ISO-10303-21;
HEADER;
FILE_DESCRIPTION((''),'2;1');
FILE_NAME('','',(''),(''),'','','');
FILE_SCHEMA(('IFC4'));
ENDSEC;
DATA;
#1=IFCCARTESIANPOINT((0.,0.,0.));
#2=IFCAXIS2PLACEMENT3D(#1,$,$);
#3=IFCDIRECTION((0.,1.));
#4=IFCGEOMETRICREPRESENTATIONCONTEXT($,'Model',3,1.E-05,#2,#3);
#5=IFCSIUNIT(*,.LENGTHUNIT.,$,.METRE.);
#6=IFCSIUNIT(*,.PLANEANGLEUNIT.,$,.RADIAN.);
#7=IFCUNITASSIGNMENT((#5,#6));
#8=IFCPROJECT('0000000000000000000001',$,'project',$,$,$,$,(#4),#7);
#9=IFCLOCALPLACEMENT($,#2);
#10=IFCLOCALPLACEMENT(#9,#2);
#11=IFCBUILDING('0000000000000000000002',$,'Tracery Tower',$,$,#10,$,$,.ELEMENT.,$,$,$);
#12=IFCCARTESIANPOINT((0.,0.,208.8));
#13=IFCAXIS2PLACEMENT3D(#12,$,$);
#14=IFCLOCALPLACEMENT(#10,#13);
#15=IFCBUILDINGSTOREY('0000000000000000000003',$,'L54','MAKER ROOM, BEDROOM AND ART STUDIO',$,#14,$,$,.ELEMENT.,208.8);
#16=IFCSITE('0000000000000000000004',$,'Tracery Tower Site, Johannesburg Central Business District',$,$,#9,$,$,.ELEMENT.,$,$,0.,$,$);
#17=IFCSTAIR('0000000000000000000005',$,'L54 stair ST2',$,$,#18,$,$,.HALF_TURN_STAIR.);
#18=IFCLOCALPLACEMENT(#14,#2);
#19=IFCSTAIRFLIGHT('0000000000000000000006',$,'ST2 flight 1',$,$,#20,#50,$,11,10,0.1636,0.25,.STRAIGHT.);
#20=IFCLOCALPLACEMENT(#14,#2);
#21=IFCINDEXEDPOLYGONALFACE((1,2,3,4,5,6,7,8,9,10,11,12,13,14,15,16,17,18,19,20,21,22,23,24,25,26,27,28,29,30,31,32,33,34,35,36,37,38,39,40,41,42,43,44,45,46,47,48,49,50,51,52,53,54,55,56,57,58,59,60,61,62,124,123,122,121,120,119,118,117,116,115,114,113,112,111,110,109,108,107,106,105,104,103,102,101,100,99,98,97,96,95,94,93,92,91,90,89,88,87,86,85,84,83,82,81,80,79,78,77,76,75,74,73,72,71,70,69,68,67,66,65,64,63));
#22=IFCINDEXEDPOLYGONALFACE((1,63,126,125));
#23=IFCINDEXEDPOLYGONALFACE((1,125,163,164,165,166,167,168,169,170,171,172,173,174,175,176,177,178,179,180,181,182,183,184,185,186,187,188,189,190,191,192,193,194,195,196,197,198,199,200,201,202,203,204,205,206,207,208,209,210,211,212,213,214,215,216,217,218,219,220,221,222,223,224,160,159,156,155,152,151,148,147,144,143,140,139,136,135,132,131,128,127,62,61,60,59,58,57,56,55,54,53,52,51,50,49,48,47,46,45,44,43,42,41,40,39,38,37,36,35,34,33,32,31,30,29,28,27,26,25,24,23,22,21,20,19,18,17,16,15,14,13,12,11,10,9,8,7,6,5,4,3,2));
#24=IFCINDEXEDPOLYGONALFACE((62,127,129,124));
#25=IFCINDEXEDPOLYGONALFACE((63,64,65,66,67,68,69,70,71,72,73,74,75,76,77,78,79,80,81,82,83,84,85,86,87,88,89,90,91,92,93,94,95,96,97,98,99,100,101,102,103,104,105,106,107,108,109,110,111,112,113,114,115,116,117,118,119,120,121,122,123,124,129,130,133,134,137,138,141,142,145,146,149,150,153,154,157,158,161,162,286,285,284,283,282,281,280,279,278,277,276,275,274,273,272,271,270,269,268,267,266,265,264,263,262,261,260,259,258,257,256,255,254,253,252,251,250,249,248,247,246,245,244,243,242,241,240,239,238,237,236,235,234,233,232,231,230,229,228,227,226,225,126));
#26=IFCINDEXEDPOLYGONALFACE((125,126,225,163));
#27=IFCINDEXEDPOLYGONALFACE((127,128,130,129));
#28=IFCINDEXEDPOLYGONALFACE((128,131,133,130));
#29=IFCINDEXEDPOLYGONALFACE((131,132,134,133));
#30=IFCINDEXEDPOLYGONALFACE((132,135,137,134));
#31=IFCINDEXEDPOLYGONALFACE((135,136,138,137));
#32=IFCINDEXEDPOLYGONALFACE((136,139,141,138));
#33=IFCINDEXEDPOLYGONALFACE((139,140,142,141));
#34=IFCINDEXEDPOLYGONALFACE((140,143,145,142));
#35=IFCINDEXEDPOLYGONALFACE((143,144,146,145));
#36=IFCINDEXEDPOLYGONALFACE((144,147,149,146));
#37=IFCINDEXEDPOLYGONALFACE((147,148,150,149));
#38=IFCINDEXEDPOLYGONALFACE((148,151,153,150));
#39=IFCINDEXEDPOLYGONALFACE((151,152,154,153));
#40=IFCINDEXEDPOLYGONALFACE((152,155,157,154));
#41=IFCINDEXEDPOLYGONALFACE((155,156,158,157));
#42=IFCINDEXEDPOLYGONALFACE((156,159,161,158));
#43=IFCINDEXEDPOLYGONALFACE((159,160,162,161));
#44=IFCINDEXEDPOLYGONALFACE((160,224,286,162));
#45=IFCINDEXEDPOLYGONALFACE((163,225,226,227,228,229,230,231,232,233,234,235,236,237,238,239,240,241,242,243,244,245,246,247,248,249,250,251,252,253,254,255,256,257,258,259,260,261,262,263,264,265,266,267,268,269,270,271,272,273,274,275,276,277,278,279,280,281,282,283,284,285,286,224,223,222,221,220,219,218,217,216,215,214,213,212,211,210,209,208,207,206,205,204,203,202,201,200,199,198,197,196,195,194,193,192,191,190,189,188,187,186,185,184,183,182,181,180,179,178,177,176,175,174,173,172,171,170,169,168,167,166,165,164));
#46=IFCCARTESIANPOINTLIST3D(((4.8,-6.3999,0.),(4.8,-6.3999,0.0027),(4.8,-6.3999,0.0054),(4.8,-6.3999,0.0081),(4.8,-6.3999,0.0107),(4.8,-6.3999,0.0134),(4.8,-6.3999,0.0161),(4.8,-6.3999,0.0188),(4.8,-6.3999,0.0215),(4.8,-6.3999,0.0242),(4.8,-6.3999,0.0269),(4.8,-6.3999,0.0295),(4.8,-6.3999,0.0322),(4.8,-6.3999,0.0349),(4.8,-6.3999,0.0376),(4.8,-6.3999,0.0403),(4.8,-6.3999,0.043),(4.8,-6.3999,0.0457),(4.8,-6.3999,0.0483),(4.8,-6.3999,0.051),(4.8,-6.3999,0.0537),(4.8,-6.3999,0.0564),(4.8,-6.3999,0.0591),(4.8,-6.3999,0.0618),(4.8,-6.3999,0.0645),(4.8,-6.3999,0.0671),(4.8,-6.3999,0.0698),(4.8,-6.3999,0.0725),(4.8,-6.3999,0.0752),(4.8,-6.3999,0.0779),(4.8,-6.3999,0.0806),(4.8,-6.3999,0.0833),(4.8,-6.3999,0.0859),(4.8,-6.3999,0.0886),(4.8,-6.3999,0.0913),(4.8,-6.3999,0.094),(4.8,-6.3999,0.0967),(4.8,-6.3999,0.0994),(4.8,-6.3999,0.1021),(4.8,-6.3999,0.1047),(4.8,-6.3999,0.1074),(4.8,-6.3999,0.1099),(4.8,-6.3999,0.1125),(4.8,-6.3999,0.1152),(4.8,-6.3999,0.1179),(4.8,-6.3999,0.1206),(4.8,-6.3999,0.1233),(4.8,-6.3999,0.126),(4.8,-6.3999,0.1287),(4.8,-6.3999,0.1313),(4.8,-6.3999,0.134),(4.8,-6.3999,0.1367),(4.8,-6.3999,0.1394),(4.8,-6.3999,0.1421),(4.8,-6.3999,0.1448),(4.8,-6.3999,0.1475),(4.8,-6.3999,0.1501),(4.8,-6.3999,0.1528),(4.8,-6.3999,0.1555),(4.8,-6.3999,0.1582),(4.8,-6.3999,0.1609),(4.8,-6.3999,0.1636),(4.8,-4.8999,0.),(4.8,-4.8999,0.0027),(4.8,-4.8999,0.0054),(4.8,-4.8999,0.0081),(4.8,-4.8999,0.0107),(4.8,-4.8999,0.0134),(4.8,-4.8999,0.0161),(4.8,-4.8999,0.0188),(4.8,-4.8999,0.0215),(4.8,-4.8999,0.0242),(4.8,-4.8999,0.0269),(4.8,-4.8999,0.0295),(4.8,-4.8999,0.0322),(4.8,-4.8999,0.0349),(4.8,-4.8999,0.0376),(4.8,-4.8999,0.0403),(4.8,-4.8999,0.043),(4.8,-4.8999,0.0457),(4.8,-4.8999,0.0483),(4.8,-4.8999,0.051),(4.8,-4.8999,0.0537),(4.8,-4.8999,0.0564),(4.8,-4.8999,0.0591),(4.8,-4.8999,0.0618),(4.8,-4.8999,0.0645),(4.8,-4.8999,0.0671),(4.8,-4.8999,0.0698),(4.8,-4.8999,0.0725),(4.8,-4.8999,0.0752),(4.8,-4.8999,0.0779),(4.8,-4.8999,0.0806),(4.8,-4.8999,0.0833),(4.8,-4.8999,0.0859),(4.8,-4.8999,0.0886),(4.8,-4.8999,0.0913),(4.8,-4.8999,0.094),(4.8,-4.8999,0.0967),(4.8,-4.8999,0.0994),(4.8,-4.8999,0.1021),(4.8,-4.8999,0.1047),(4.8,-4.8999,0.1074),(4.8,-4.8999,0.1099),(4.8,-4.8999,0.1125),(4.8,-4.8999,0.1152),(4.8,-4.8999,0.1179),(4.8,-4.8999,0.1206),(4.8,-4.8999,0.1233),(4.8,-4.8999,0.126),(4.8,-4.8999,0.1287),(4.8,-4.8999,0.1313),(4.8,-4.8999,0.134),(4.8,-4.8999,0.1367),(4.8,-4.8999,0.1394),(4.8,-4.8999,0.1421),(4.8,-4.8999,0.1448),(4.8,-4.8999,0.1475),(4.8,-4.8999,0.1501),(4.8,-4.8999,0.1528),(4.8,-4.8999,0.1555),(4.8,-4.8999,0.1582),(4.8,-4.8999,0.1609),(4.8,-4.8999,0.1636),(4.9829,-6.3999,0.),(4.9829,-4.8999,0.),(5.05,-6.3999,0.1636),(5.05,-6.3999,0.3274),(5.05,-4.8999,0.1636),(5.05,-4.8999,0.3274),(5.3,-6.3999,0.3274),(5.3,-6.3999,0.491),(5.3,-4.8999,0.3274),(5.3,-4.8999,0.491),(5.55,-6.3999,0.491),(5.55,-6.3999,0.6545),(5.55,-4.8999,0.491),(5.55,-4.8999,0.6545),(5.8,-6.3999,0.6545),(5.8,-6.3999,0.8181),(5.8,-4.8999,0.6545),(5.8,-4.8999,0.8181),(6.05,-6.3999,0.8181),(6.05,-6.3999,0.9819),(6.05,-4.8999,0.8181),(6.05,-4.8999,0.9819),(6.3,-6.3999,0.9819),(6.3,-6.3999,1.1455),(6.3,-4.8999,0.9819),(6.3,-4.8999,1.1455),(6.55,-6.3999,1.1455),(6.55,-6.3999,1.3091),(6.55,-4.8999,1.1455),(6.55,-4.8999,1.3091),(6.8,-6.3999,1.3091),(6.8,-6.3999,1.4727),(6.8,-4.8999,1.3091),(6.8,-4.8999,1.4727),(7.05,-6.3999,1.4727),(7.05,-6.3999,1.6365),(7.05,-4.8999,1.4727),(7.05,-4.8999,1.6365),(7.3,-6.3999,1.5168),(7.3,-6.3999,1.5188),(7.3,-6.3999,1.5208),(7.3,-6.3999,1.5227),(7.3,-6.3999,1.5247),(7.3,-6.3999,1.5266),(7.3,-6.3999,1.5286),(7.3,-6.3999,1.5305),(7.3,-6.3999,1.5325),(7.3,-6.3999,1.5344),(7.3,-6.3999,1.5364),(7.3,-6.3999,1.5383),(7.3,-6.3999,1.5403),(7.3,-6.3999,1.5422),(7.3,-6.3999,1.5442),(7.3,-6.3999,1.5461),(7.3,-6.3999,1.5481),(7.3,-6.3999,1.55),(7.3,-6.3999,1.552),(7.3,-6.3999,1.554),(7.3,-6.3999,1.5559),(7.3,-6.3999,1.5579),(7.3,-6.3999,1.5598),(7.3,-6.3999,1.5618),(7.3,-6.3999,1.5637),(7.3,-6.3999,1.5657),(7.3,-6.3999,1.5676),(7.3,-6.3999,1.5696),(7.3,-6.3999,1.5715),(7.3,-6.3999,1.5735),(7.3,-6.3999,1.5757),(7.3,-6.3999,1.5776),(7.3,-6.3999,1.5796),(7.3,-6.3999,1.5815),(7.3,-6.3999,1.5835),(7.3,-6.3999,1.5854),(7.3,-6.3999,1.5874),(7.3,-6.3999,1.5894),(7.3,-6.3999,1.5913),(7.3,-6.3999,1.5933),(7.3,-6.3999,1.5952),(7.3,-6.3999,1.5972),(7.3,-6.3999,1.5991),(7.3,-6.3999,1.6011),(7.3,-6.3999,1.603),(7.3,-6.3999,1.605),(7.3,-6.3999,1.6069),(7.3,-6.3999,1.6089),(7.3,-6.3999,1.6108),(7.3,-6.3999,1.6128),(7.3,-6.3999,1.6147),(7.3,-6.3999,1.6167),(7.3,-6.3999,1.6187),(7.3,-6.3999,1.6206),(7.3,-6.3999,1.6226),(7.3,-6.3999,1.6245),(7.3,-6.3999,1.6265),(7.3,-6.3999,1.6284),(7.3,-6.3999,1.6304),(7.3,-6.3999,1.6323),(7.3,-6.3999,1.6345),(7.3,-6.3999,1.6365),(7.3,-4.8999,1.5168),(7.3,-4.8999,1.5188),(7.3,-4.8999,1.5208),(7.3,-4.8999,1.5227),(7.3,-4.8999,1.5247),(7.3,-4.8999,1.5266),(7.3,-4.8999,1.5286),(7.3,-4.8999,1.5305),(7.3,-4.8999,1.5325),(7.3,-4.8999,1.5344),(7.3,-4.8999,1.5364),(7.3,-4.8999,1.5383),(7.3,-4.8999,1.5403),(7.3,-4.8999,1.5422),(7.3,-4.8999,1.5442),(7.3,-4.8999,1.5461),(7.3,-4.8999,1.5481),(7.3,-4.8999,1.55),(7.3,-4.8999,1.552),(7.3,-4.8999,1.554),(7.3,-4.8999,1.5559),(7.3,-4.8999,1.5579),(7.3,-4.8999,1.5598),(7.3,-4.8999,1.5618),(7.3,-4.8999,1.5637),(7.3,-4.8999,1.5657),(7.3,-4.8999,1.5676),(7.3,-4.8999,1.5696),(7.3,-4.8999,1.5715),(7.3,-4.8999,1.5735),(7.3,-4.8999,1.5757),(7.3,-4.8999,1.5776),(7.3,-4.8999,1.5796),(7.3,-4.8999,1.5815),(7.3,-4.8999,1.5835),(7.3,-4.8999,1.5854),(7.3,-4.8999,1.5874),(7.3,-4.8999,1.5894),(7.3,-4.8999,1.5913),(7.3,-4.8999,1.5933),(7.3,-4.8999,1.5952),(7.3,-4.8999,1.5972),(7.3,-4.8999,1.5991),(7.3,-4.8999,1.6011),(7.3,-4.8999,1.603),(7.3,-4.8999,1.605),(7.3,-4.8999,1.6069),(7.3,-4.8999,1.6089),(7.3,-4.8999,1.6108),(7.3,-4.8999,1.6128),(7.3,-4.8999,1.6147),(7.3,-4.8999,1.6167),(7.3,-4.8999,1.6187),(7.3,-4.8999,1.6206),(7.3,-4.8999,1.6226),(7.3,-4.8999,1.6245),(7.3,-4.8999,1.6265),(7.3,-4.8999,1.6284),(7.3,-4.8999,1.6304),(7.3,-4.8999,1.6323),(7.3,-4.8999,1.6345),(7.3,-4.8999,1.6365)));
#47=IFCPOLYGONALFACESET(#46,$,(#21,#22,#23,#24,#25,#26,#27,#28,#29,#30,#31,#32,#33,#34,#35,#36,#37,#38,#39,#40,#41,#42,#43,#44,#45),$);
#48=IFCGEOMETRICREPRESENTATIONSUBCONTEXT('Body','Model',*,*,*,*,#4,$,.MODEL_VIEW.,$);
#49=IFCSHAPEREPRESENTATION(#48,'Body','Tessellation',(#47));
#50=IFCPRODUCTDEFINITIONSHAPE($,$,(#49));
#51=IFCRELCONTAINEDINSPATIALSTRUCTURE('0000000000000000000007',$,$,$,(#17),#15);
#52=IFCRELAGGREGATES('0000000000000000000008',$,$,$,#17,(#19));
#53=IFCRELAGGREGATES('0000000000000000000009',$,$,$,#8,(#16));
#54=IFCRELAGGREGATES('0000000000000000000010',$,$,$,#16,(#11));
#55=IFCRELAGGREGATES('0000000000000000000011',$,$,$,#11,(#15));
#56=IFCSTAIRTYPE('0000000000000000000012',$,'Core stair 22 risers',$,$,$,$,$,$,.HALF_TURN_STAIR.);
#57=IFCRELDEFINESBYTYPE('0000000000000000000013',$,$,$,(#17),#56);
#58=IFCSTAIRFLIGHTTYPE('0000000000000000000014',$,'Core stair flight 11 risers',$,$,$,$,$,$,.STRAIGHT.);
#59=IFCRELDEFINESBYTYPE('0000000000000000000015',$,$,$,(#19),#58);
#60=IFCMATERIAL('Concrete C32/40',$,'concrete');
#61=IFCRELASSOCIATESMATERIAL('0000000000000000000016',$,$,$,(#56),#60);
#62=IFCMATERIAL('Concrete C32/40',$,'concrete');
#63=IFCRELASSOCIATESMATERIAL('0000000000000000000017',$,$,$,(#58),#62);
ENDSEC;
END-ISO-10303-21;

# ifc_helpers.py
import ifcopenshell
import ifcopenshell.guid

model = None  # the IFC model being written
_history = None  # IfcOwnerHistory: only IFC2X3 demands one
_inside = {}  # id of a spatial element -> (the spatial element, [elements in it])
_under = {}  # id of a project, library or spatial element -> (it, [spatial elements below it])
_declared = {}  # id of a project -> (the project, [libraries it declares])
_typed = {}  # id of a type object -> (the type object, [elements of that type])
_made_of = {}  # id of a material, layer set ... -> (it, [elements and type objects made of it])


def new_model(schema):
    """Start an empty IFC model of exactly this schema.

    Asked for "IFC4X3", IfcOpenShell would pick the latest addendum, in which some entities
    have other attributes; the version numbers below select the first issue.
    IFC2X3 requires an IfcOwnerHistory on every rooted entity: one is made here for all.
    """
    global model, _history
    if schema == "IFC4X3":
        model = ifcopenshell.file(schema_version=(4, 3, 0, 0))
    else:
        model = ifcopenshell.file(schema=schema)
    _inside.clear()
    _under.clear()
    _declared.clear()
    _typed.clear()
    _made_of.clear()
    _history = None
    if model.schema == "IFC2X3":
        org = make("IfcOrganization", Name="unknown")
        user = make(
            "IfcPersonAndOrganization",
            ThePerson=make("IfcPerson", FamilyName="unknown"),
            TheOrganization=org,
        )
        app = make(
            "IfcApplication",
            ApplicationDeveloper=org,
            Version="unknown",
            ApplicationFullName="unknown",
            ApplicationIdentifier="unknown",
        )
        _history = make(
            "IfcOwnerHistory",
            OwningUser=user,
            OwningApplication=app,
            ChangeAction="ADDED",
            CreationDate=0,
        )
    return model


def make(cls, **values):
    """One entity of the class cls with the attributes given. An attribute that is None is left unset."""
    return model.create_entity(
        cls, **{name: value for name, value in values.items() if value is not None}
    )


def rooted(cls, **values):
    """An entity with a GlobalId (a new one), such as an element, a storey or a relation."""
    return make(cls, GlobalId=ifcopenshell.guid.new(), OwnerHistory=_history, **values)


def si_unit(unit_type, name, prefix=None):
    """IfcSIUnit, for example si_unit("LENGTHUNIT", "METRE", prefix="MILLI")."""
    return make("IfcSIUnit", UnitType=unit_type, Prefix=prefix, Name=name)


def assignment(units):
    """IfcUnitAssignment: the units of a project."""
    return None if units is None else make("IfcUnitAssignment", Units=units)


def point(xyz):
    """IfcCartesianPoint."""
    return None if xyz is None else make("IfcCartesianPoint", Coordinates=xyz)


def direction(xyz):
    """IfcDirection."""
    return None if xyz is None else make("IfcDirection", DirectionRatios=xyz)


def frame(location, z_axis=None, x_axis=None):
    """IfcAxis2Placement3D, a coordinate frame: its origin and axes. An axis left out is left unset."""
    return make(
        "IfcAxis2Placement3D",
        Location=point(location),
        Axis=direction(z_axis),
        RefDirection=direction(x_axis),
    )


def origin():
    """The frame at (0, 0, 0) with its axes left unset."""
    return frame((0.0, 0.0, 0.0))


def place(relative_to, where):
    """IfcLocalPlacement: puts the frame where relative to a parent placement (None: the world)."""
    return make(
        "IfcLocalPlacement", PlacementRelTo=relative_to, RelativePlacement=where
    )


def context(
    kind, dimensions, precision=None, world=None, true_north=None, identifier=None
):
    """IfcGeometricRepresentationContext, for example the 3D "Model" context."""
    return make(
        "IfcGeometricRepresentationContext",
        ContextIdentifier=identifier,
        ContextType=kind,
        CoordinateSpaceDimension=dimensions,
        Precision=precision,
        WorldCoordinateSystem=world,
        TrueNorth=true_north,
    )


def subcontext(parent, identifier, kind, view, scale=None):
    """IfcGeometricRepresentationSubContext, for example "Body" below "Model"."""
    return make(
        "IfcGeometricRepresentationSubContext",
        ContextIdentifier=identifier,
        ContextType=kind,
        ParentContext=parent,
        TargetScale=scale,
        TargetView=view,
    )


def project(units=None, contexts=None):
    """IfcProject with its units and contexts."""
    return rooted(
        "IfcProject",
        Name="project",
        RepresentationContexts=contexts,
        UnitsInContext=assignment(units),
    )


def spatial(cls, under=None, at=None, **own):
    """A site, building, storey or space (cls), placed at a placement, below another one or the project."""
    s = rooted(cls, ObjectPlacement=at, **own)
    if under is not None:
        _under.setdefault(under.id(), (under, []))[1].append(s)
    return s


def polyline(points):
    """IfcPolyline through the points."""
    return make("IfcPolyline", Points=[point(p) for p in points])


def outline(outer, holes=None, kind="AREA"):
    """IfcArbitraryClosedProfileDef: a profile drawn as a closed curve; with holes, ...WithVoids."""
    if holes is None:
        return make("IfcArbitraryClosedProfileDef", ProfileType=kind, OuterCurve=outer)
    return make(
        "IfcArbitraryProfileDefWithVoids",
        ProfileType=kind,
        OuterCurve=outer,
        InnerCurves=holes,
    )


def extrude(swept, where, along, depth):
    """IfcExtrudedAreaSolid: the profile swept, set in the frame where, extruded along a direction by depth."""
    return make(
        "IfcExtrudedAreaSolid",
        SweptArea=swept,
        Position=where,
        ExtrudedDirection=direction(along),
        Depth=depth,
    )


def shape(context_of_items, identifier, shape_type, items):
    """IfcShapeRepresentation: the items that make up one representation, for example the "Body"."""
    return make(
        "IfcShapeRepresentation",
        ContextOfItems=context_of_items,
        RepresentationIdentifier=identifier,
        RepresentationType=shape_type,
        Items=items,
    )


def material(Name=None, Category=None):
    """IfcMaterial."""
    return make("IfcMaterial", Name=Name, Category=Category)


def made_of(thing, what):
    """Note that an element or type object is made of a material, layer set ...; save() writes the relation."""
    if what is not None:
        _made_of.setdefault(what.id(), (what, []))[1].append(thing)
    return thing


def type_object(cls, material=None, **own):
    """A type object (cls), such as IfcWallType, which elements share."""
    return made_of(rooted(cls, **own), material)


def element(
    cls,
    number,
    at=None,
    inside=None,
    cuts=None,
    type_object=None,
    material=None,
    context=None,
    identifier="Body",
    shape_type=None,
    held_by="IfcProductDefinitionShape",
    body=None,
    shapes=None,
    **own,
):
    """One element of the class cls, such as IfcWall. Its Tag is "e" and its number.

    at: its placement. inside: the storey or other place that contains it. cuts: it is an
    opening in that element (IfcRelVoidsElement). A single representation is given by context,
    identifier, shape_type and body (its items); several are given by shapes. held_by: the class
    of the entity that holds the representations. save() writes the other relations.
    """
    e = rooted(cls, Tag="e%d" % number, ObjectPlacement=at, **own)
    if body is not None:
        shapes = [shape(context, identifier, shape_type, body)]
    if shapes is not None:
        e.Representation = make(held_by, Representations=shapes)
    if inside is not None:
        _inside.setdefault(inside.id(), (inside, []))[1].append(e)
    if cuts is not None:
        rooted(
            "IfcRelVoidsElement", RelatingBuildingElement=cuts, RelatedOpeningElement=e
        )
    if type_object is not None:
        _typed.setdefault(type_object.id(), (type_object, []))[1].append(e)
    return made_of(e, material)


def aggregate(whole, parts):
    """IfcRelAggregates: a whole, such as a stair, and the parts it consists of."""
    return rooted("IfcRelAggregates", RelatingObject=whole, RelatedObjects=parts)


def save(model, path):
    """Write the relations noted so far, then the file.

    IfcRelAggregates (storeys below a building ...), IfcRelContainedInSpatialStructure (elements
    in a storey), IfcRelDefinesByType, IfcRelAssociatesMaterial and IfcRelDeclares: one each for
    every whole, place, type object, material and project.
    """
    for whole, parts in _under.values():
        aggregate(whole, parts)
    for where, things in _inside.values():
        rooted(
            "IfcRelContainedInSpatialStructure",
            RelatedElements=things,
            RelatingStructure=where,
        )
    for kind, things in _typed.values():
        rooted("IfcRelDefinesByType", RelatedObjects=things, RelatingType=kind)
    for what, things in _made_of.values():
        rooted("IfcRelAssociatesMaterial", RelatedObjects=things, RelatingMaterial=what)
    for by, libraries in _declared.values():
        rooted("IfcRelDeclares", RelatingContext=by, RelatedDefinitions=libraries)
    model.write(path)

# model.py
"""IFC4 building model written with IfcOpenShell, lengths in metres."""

from ifc_helpers import new_model, si_unit, direction, frame, origin, place, context, subcontext, project, spatial, polyline, outline, extrude, material, type_object, element, aggregate, save


model = new_model("IFC4")

# Units and contexts
model_context = context("Model", 3, precision=1e-05, world=origin(), true_north=direction((0.0, 1.0)))
body_context = subcontext(model_context, "Body", "Model", "MODEL_VIEW")
ifc_project = project(units=[si_unit("LENGTHUNIT", "METRE"), si_unit("PLANEANGLEUNIT", "RADIAN")], contexts=[model_context])

# Site, building, storey
site_placement = place(None, origin())
site = spatial("IfcSite", under=ifc_project, at=site_placement, Name="Tracery Tower Site, Johannesburg Central Business District", CompositionType="ELEMENT", RefElevation=0.0)
building_placement = place(site_placement, origin())
building = spatial("IfcBuilding", under=site, at=building_placement, Name="Tracery Tower", CompositionType="ELEMENT")
storey_placement = place(building_placement, frame((0.0, 0.0, 208.8)))
storey = spatial("IfcBuildingStorey", under=building, at=storey_placement, Name="L54", Description="MAKER ROOM, BEDROOM AND ART STUDIO", CompositionType="ELEMENT", Elevation=208.8)

# Stair, stair flight
ifc_material_1 = material(Name="Concrete C32/40", Category="concrete")
stair_type = type_object("IfcStairType", Name="Core stair 22 risers", PredefinedType="HALF_TURN_STAIR", material=ifc_material_1)
stair_placement = place(storey_placement, origin())
stair = element("IfcStair", 1, at=stair_placement, inside=storey, type_object=stair_type, Name="L54 stair ST2", PredefinedType="HALF_TURN_STAIR")
ifc_material_2 = material(Name="Concrete C32/40", Category="concrete")
stair_flight_type = type_object("IfcStairFlightType", Name="Core stair flight 11 risers", PredefinedType="STRAIGHT", material=ifc_material_2)
stair_flight_1_placement = place(storey_placement, frame((4.8, -5.6499, 0.0), z_axis=(0.0, 0.0, 1.0), x_axis=(1.0, 0.0, 0.0)))
stair_flight_1 = element("IfcStairFlight", 2, at=stair_flight_1_placement, type_object=stair_flight_type, Name="ST2 flight 1", NumberOfRisers=11, NumberOfTreads=10, PredefinedType="STRAIGHT", RiserHeight=0.1636, TreadLength=0.25, context=body_context, shape_type="SweptSolid", body=[
    extrude(outline(polyline([(0.0, 0.0), (0.0, 0.0027), (0.0, 0.0054), (0.0, 0.0081), (0.0, 0.0107), (0.0, 0.0134), (0.0, 0.0161), (0.0, 0.0188), (0.0, 0.0215), (0.0, 0.0242), (0.0, 0.0269), (0.0, 0.0295), (0.0, 0.0322), (0.0, 0.0349), (0.0, 0.0376), (0.0, 0.0403), (0.0, 0.043), (0.0, 0.0457), (0.0, 0.0483), (0.0, 0.051), (0.0, 0.0537), (0.0, 0.0564), (0.0, 0.0591), (0.0, 0.0618), (0.0, 0.0645), (0.0, 0.0671), (0.0, 0.0698), (0.0, 0.0725), (0.0, 0.0752), (0.0, 0.0779), (0.0, 0.0806), (0.0, 0.0833), (0.0, 0.0859), (0.0, 0.0886), (0.0, 0.0913), (0.0, 0.094), (0.0, 0.0967), (0.0, 0.0994), (0.0, 0.1021), (0.0, 0.1047), (0.0, 0.1074), (0.0, 0.1099), (0.0, 0.1125), (0.0, 0.1152), (0.0, 0.1179), (0.0, 0.1206), (0.0, 0.1233), (0.0, 0.126), (0.0, 0.1287), (0.0, 0.1313), (0.0, 0.134), (0.0, 0.1367), (0.0, 0.1394), (0.0, 0.1421), (0.0, 0.1448), (0.0, 0.1475), (0.0, 0.1501), (0.0, 0.1528), (0.0, 0.1555), (0.0, 0.1582), (0.0, 0.1609), (0.0, 0.1636), (0.25, 0.1636), (0.25, 0.3274), (0.5, 0.3274), (0.5, 0.491), (0.75, 0.491), (0.75, 0.6545), (1.0, 0.6545), (1.0, 0.8181), (1.25, 0.8181), (1.25, 0.9819), (1.5, 0.9819), (1.5, 1.1455), (1.75, 1.1455), (1.75, 1.3091), (2.0, 1.3091), (2.0, 1.4727), (2.25, 1.4727), (2.25, 1.6365), (2.5, 1.6365), (2.5, 1.6345), (2.5, 1.6323), (2.5, 1.6304), (2.5, 1.6284), (2.5, 1.6265), (2.5, 1.6245), (2.5, 1.6226), (2.5, 1.6206), (2.5, 1.6187), (2.5, 1.6167), (2.5, 1.6147), (2.5, 1.6128), (2.5, 1.6108), (2.5, 1.6089), (2.5, 1.6069), (2.5, 1.605), (2.5, 1.603), (2.5, 1.6011), (2.5, 1.5991), (2.5, 1.5972), (2.5, 1.5952), (2.5, 1.5933), (2.5, 1.5913), (2.5, 1.5894), (2.5, 1.5874), (2.5, 1.5854), (2.5, 1.5835), (2.5, 1.5815), (2.5, 1.5796), (2.5, 1.5776), (2.5, 1.5757), (2.5, 1.5735), (2.5, 1.5715), (2.5, 1.5696), (2.5, 1.5676), (2.5, 1.5657), (2.5, 1.5637), (2.5, 1.5618), (2.5, 1.5598), (2.5, 1.5579), (2.5, 1.5559), (2.5, 1.554), (2.5, 1.552), (2.5, 1.55), (2.5, 1.5481), (2.5, 1.5461), (2.5, 1.5442), (2.5, 1.5422), (2.5, 1.5403), (2.5, 1.5383), (2.5, 1.5364), (2.5, 1.5344), (2.5, 1.5325), (2.5, 1.5305), (2.5, 1.5286), (2.5, 1.5266), (2.5, 1.5247), (2.5, 1.5227), (2.5, 1.5208), (2.5, 1.5188), (2.5, 1.5168), (0.1829, 0.0), (0.0, 0.0)])), frame((0.0, 0.75, 0.0), z_axis=(0.0, -1.0, 0.0), x_axis=(1.0, 0.0, 0.0)), (0.0, 0.0, 1.0), 1.5),
])
aggregate(stair, [stair_flight_1])

save(model, "model.ifc")
